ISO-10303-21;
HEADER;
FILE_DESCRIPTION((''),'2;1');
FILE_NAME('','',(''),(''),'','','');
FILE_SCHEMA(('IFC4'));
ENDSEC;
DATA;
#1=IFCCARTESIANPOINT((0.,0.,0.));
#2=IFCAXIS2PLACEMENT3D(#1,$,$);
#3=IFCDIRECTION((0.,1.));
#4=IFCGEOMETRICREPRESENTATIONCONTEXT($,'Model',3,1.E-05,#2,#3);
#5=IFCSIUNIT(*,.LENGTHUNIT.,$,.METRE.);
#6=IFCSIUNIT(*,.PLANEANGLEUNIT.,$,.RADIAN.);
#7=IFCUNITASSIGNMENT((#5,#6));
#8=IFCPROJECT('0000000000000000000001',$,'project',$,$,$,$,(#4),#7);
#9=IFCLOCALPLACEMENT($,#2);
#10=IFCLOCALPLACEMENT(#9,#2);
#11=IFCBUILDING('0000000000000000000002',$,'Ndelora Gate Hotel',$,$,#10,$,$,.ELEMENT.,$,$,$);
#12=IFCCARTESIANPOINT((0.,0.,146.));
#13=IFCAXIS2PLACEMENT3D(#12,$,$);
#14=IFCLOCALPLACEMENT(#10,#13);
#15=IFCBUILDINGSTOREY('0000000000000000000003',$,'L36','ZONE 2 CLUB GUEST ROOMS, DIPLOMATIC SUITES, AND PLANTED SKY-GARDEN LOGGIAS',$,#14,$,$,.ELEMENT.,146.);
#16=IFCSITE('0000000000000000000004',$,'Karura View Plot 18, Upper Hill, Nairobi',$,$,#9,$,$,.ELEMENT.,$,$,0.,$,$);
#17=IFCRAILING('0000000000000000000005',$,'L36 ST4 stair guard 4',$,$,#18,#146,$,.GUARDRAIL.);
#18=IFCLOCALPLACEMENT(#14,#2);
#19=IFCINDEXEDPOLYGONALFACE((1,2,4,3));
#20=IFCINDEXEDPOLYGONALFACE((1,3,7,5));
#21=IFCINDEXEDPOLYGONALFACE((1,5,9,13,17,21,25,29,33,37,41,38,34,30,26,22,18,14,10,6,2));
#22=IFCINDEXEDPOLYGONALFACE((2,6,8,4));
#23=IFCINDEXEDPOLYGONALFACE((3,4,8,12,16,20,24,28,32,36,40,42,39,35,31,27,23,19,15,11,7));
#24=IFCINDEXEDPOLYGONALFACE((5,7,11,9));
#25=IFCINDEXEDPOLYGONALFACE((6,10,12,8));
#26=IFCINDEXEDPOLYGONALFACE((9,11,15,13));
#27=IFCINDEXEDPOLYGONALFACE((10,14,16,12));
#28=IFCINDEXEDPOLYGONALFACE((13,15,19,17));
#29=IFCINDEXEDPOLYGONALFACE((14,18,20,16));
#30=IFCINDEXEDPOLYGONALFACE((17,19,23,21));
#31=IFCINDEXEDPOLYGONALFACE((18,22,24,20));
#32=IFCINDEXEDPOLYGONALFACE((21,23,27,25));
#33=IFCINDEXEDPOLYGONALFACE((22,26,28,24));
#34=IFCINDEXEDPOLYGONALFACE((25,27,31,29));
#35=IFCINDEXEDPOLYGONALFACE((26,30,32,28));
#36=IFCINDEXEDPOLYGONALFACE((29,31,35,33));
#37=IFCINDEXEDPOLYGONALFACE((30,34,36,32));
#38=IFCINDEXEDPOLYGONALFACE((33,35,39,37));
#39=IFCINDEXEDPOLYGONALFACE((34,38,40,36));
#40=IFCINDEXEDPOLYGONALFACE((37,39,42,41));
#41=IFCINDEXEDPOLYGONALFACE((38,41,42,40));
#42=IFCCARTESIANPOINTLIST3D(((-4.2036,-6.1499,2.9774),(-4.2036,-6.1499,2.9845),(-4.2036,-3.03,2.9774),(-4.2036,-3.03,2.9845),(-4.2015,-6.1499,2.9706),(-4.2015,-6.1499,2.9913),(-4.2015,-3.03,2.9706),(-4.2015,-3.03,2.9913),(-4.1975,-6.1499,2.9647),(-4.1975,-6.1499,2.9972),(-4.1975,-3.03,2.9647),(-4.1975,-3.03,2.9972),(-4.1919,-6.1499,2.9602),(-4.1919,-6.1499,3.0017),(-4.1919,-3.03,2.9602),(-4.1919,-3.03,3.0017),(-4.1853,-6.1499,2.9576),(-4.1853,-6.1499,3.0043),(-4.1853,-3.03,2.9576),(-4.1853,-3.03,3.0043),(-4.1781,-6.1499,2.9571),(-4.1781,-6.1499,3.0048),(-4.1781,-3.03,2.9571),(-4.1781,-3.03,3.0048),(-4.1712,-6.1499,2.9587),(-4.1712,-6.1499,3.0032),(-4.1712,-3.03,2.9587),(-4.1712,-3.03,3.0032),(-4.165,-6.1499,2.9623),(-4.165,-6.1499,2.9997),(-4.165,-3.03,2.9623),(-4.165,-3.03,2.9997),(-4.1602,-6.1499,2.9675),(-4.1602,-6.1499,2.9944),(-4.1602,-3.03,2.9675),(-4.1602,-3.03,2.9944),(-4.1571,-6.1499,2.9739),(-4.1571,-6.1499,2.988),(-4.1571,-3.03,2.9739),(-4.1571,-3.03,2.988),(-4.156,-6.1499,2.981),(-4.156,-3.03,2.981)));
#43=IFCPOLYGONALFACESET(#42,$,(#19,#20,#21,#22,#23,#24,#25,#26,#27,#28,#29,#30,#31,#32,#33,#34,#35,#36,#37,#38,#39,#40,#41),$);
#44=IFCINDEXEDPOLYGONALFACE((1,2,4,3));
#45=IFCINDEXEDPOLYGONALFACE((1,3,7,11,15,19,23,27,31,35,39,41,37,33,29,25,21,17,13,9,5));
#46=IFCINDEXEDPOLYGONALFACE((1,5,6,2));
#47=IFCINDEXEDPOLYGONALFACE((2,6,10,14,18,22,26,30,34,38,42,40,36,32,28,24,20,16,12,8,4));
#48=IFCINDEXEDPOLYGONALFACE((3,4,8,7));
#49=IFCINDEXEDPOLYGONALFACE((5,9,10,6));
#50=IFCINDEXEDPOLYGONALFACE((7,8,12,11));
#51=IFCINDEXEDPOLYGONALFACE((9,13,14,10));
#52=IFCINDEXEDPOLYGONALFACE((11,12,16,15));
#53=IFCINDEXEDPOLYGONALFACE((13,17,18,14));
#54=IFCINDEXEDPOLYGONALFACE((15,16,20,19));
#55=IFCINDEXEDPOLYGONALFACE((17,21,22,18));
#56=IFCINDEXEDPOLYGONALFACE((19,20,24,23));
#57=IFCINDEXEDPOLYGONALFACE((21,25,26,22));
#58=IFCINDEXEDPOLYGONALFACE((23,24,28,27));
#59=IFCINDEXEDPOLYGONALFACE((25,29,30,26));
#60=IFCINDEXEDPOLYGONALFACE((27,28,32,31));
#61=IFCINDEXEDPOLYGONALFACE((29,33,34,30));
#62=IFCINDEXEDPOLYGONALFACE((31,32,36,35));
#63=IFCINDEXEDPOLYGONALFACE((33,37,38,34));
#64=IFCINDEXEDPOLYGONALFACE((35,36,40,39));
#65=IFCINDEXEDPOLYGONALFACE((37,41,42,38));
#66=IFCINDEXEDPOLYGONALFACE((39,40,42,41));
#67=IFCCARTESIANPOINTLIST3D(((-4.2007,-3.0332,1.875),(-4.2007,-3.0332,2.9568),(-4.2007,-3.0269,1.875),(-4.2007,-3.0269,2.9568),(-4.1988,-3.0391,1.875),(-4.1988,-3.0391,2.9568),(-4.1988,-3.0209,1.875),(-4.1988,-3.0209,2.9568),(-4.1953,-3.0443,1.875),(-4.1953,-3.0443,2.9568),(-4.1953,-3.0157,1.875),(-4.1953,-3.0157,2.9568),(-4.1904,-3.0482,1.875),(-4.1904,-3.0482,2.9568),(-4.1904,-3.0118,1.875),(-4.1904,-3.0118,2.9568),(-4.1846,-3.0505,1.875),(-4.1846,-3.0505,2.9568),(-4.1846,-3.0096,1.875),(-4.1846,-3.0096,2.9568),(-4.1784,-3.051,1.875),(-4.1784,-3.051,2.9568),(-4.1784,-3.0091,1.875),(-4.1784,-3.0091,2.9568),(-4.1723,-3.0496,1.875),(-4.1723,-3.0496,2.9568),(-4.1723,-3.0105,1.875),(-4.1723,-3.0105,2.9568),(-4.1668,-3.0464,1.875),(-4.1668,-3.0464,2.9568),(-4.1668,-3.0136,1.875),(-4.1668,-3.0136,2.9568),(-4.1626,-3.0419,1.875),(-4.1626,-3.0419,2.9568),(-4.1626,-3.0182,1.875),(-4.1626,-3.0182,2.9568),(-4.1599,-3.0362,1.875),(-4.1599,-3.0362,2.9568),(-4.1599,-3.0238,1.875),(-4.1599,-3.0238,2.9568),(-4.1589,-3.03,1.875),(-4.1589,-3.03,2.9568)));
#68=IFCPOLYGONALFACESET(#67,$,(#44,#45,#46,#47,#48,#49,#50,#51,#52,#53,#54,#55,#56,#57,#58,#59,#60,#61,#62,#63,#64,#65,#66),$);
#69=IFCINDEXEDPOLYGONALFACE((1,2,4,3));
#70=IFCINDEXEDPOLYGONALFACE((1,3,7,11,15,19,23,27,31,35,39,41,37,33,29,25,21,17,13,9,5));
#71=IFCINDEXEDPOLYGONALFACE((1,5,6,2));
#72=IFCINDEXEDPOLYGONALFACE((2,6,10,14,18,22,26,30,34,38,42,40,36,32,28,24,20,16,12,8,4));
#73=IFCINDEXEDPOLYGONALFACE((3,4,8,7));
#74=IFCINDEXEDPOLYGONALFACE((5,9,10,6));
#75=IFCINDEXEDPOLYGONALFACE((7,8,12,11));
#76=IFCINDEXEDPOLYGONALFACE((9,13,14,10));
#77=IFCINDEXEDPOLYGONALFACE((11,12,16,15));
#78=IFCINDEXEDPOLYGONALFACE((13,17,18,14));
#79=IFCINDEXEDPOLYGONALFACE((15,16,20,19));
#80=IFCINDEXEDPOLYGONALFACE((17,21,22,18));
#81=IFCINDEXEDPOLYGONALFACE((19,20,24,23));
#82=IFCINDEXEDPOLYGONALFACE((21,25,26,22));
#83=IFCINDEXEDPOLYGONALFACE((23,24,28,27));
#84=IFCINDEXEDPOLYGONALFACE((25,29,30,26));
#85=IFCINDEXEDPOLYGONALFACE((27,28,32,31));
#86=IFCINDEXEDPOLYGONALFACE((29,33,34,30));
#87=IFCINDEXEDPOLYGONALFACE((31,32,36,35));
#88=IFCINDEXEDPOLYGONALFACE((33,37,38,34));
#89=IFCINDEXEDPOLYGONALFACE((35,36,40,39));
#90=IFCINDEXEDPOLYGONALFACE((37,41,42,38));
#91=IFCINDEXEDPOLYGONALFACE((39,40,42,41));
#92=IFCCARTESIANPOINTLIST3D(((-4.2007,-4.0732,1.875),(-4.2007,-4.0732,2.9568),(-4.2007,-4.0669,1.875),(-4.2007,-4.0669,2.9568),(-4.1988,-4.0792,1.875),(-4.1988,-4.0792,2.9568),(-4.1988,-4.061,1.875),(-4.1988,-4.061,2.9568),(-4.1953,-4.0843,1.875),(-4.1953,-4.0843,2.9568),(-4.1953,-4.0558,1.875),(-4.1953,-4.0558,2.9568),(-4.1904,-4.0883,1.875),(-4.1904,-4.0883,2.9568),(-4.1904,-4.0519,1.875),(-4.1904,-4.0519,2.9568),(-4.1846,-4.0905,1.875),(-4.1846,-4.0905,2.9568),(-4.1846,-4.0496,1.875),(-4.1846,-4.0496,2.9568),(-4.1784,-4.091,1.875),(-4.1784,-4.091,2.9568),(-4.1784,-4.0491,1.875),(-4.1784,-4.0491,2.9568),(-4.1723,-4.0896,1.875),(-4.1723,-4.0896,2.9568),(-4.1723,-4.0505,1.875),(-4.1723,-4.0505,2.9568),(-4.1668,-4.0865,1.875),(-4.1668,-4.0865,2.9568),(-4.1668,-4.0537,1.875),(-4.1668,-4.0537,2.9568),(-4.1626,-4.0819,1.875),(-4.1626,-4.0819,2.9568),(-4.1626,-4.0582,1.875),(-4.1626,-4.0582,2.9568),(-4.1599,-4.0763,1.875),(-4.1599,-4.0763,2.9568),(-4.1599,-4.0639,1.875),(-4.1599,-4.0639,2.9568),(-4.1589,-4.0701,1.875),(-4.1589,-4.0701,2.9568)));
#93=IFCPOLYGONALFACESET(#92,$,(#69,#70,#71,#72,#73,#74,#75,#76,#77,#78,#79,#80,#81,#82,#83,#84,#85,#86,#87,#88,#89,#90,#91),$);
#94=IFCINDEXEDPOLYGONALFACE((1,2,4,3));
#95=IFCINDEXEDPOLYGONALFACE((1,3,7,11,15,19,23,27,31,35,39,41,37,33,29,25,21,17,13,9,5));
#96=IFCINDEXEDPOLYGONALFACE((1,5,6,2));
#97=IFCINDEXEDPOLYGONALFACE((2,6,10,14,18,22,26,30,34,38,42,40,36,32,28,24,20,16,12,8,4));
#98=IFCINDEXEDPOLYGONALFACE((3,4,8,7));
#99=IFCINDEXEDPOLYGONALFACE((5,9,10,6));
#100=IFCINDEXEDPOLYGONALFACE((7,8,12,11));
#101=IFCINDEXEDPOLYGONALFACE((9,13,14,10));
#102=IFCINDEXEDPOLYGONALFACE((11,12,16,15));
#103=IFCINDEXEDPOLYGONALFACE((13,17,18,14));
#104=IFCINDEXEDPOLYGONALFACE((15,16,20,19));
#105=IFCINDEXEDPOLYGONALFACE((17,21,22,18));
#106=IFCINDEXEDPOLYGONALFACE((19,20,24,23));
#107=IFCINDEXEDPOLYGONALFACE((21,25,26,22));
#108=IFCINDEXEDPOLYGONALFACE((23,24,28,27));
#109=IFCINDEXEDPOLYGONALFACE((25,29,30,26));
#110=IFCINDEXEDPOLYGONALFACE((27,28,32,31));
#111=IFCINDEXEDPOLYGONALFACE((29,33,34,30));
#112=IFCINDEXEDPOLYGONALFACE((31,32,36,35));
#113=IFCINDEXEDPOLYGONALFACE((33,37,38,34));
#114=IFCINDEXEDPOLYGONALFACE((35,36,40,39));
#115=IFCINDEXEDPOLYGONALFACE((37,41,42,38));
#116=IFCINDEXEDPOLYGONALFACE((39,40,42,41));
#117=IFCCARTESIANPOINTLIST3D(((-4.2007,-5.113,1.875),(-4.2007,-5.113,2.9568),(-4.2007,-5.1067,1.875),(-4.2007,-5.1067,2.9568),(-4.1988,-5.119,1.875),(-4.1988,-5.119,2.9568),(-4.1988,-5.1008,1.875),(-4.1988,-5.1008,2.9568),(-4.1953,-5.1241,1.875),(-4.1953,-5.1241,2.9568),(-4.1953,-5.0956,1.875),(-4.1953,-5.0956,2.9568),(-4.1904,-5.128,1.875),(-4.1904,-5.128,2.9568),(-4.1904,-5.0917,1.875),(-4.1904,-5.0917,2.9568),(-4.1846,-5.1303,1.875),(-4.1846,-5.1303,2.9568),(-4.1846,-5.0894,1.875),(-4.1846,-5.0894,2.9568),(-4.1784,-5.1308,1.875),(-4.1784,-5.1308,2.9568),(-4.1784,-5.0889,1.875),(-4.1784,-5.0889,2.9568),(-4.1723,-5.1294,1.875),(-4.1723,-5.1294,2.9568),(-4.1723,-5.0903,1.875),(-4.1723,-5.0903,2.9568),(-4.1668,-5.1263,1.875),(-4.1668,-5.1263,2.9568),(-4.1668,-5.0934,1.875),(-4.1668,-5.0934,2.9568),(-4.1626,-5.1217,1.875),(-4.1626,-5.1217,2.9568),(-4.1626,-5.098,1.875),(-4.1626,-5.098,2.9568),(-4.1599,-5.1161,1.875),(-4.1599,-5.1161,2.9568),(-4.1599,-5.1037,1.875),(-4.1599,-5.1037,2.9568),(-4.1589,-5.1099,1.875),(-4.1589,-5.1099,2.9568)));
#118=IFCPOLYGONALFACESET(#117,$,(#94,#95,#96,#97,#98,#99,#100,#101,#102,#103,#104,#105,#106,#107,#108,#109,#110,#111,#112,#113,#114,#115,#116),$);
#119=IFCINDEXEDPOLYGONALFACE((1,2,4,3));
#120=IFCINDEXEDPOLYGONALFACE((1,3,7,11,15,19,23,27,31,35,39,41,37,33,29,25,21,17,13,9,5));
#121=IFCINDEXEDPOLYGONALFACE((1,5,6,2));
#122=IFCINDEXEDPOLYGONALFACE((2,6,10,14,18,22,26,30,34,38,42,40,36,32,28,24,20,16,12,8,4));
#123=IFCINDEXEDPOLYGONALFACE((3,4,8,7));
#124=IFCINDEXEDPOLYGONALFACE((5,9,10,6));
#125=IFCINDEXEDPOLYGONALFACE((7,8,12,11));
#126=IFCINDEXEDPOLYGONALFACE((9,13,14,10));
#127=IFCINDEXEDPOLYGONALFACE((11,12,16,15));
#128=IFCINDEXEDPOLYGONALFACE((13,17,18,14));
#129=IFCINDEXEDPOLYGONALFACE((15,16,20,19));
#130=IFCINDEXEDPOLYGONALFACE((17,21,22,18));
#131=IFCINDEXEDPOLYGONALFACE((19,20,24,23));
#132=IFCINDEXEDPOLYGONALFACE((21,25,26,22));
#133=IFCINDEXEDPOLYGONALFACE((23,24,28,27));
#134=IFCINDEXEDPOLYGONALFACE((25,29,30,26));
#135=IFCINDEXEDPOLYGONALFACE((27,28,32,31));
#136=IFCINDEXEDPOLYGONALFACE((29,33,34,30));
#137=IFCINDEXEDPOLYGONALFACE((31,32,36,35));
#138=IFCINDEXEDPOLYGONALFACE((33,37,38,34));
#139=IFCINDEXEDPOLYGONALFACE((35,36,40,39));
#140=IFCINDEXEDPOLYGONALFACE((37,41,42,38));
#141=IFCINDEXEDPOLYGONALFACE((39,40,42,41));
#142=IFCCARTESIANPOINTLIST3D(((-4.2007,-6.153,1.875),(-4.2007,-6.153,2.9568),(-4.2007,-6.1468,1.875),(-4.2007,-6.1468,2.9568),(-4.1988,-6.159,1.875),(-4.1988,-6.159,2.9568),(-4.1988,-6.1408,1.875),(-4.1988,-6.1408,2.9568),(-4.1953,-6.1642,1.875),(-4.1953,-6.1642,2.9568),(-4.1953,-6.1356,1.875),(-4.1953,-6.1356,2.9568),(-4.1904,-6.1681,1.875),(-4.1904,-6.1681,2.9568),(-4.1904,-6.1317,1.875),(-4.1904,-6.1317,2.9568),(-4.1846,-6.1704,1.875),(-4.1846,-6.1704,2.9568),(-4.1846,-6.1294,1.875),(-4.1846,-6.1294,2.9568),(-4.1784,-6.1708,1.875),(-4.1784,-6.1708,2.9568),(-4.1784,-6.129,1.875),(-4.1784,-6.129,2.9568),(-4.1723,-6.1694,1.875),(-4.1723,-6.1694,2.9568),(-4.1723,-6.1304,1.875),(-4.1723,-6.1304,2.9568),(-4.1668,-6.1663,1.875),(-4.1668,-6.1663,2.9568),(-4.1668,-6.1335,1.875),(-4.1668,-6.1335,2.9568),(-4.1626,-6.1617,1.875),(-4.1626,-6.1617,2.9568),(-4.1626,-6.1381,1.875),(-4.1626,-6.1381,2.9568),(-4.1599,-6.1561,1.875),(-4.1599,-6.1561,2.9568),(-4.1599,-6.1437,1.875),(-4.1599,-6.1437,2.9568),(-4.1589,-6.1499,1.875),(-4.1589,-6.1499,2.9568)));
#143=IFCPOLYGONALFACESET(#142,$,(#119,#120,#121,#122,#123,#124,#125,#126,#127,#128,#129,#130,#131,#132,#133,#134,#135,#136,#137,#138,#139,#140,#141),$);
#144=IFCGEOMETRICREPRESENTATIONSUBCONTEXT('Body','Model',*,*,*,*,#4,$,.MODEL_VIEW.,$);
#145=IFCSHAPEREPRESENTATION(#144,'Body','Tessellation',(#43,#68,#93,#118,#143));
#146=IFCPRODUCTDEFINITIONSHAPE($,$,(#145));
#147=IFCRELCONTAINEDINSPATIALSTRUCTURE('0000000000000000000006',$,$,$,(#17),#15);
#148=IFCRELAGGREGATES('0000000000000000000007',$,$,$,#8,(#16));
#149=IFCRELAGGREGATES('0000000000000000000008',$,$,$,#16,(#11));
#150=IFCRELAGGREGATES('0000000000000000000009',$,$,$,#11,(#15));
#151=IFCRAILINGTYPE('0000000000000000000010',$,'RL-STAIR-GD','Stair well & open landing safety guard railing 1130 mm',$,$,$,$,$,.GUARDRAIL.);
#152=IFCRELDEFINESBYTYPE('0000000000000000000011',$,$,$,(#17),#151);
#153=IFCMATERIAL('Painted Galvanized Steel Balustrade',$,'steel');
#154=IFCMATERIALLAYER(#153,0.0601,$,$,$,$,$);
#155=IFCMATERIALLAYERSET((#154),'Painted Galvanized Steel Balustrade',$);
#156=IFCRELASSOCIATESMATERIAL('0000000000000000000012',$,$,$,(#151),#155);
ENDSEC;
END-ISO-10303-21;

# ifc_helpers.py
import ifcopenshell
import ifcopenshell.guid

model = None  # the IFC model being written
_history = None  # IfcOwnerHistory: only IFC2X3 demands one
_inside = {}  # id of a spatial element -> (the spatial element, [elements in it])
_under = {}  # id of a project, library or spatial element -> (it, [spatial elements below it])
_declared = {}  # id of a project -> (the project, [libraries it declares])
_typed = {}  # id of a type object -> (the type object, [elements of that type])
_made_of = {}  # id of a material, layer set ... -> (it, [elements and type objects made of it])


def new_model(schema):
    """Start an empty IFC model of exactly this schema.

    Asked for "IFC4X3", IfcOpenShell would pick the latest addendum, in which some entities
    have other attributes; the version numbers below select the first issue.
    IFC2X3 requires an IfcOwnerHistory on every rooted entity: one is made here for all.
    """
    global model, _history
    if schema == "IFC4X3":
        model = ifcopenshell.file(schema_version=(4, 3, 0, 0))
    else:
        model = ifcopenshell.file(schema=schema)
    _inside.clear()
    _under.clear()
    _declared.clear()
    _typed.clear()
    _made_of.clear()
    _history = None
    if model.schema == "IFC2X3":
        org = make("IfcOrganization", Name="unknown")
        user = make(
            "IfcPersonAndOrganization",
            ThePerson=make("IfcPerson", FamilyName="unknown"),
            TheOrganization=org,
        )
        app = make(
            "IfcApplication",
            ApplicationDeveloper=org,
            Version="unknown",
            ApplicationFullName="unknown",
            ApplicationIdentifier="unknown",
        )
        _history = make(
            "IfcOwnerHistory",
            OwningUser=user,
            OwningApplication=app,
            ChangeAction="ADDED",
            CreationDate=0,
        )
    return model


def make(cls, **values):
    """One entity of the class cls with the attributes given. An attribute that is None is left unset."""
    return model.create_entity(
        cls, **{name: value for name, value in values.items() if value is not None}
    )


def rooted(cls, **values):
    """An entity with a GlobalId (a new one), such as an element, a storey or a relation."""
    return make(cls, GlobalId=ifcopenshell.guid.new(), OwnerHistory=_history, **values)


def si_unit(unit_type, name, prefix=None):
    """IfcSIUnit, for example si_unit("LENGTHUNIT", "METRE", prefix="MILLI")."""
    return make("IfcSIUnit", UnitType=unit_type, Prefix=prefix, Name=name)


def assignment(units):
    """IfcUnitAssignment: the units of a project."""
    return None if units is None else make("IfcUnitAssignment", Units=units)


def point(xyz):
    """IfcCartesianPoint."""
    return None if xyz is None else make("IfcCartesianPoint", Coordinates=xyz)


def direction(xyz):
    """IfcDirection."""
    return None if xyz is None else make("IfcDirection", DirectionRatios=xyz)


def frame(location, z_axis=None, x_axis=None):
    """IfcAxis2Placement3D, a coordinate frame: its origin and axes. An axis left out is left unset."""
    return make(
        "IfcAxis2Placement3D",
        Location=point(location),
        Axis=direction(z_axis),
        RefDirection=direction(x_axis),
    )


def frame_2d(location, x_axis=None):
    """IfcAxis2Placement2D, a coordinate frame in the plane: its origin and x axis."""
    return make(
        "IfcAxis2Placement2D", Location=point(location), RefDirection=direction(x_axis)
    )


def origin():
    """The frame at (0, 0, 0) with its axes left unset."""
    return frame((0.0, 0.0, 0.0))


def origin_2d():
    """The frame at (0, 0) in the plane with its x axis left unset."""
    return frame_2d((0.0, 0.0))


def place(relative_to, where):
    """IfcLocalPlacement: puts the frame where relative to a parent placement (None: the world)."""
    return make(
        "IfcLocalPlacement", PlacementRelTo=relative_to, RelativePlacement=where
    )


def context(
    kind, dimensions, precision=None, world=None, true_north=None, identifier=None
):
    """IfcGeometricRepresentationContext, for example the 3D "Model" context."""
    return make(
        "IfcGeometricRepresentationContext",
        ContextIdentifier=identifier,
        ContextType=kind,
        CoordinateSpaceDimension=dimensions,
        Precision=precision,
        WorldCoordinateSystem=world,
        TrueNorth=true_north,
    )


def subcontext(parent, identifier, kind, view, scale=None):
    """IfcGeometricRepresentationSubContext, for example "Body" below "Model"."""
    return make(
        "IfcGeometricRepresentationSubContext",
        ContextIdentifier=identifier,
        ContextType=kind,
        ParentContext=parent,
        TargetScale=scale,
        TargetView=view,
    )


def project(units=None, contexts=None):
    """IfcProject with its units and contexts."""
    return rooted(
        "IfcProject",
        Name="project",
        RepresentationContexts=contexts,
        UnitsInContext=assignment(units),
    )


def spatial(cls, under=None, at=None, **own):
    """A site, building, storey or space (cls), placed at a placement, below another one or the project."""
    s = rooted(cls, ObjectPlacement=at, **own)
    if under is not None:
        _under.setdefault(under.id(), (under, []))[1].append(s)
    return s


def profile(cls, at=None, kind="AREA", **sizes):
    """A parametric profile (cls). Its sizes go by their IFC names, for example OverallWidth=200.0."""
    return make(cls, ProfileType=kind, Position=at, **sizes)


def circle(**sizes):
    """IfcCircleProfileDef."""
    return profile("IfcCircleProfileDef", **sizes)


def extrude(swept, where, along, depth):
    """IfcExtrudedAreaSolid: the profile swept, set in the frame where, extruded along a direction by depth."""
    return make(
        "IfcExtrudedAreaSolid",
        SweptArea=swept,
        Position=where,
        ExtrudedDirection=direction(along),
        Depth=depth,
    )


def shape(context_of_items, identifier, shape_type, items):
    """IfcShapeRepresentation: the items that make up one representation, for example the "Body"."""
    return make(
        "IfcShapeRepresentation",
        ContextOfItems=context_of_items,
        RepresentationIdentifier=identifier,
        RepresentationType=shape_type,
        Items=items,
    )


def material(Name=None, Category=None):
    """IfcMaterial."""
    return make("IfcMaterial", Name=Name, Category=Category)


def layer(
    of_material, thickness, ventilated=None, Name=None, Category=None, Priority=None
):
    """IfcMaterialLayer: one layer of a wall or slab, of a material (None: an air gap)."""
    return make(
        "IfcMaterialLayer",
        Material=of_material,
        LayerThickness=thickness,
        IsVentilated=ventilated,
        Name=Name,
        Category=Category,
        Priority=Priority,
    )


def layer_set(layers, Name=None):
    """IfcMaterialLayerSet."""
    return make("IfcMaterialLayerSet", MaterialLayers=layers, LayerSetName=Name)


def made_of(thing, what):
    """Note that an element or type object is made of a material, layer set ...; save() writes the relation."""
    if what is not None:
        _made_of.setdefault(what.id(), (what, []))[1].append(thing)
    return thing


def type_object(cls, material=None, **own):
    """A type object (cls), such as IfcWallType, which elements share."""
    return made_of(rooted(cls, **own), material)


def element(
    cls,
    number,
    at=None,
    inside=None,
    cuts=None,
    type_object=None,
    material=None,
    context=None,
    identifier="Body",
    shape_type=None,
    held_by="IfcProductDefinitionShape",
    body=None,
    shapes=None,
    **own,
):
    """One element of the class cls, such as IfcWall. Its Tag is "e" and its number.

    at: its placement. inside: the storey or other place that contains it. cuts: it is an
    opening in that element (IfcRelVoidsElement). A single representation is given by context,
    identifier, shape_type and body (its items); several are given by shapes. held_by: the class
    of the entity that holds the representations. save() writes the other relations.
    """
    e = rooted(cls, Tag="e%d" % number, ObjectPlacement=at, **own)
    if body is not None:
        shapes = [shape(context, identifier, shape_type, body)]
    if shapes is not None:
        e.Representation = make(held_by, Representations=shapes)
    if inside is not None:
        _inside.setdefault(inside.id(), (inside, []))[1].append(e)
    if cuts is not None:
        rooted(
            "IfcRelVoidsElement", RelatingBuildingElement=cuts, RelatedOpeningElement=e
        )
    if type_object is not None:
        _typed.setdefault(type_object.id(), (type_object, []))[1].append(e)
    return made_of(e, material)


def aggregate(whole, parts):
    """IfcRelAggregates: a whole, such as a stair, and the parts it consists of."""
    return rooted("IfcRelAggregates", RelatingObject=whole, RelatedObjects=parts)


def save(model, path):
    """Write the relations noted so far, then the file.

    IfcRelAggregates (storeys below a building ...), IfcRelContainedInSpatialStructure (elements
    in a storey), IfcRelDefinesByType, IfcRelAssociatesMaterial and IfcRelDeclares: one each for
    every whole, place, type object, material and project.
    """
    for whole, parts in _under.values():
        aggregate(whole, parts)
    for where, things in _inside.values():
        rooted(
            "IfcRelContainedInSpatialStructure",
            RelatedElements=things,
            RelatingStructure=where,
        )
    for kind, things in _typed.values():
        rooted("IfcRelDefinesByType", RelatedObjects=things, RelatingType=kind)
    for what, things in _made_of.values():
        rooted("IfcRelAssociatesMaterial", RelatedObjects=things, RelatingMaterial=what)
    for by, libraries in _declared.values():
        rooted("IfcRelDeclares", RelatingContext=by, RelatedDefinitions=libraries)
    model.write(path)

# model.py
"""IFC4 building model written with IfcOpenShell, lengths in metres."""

from ifc_helpers import new_model, si_unit, direction, frame, origin, origin_2d, place, context, subcontext, project, spatial, circle, extrude, material, layer, layer_set, type_object, element, save


model = new_model("IFC4")

# Units and contexts
model_context = context("Model", 3, precision=1e-05, world=origin(), true_north=direction((0.0, 1.0)))
body_context = subcontext(model_context, "Body", "Model", "MODEL_VIEW")
ifc_project = project(units=[si_unit("LENGTHUNIT", "METRE"), si_unit("PLANEANGLEUNIT", "RADIAN")], contexts=[model_context])

# Site, building, storey
site_placement = place(None, origin())
site = spatial("IfcSite", under=ifc_project, at=site_placement, Name="Karura View Plot 18, Upper Hill, Nairobi", CompositionType="ELEMENT", RefElevation=0.0)
building_placement = place(site_placement, origin())
building = spatial("IfcBuilding", under=site, at=building_placement, Name="Ndelora Gate Hotel", CompositionType="ELEMENT")
storey_placement = place(building_placement, frame((0.0, 0.0, 146.0)))
storey = spatial("IfcBuildingStorey", under=building, at=storey_placement, Name="L36", Description="ZONE 2 CLUB GUEST ROOMS, DIPLOMATIC SUITES, AND PLANTED SKY-GARDEN LOGGIAS", CompositionType="ELEMENT", Elevation=146.0)

# Railing
ifc_material_1 = material(Name="Painted Galvanized Steel Balustrade", Category="steel")
ifc_layer_1 = layer(ifc_material_1, 0.0601)
ifc_layer_set_1 = layer_set([ifc_layer_1], Name="Painted Galvanized Steel Balustrade")
railing_type_1 = type_object("IfcRailingType", Name="RL-STAIR-GD", Description="Stair well & open landing safety guard railing 1130 mm", PredefinedType="GUARDRAIL", material=ifc_layer_set_1)
for number, where, name in (
    (1, (-4.1799, -3.03, 1.875), "L36 ST4 stair guard 4"),
):
    element("IfcRailing", number, at=place(storey_placement, frame(where)), inside=storey, type_object=railing_type_1, Name=name, PredefinedType="GUARDRAIL", context=body_context, shape_type="SweptSolid", body=[
        extrude(circle(Radius=0.0239, at=origin_2d()), frame((0.0, 0.0, 1.106), z_axis=(0.0, -1.0, 0.0), x_axis=(1.0, 0.0, 0.0)), (0.0, 0.0, 1.0), 3.1199),
        extrude(circle(Radius=0.021, at=origin_2d()), origin(), (0.0, 0.0, 1.0), 1.0818),
        extrude(circle(Radius=0.021, at=origin_2d()), frame((0.0, -1.04, 0.0)), (0.0, 0.0, 1.0), 1.0818),
        extrude(circle(Radius=0.021, at=origin_2d()), frame((0.0, -2.0798, 0.0)), (0.0, 0.0, 1.0), 1.0818),
        extrude(circle(Radius=0.021, at=origin_2d()), frame((0.0, -3.1199, 0.0)), (0.0, 0.0, 1.0), 1.0818),
    ])

save(model, "model.ifc")
